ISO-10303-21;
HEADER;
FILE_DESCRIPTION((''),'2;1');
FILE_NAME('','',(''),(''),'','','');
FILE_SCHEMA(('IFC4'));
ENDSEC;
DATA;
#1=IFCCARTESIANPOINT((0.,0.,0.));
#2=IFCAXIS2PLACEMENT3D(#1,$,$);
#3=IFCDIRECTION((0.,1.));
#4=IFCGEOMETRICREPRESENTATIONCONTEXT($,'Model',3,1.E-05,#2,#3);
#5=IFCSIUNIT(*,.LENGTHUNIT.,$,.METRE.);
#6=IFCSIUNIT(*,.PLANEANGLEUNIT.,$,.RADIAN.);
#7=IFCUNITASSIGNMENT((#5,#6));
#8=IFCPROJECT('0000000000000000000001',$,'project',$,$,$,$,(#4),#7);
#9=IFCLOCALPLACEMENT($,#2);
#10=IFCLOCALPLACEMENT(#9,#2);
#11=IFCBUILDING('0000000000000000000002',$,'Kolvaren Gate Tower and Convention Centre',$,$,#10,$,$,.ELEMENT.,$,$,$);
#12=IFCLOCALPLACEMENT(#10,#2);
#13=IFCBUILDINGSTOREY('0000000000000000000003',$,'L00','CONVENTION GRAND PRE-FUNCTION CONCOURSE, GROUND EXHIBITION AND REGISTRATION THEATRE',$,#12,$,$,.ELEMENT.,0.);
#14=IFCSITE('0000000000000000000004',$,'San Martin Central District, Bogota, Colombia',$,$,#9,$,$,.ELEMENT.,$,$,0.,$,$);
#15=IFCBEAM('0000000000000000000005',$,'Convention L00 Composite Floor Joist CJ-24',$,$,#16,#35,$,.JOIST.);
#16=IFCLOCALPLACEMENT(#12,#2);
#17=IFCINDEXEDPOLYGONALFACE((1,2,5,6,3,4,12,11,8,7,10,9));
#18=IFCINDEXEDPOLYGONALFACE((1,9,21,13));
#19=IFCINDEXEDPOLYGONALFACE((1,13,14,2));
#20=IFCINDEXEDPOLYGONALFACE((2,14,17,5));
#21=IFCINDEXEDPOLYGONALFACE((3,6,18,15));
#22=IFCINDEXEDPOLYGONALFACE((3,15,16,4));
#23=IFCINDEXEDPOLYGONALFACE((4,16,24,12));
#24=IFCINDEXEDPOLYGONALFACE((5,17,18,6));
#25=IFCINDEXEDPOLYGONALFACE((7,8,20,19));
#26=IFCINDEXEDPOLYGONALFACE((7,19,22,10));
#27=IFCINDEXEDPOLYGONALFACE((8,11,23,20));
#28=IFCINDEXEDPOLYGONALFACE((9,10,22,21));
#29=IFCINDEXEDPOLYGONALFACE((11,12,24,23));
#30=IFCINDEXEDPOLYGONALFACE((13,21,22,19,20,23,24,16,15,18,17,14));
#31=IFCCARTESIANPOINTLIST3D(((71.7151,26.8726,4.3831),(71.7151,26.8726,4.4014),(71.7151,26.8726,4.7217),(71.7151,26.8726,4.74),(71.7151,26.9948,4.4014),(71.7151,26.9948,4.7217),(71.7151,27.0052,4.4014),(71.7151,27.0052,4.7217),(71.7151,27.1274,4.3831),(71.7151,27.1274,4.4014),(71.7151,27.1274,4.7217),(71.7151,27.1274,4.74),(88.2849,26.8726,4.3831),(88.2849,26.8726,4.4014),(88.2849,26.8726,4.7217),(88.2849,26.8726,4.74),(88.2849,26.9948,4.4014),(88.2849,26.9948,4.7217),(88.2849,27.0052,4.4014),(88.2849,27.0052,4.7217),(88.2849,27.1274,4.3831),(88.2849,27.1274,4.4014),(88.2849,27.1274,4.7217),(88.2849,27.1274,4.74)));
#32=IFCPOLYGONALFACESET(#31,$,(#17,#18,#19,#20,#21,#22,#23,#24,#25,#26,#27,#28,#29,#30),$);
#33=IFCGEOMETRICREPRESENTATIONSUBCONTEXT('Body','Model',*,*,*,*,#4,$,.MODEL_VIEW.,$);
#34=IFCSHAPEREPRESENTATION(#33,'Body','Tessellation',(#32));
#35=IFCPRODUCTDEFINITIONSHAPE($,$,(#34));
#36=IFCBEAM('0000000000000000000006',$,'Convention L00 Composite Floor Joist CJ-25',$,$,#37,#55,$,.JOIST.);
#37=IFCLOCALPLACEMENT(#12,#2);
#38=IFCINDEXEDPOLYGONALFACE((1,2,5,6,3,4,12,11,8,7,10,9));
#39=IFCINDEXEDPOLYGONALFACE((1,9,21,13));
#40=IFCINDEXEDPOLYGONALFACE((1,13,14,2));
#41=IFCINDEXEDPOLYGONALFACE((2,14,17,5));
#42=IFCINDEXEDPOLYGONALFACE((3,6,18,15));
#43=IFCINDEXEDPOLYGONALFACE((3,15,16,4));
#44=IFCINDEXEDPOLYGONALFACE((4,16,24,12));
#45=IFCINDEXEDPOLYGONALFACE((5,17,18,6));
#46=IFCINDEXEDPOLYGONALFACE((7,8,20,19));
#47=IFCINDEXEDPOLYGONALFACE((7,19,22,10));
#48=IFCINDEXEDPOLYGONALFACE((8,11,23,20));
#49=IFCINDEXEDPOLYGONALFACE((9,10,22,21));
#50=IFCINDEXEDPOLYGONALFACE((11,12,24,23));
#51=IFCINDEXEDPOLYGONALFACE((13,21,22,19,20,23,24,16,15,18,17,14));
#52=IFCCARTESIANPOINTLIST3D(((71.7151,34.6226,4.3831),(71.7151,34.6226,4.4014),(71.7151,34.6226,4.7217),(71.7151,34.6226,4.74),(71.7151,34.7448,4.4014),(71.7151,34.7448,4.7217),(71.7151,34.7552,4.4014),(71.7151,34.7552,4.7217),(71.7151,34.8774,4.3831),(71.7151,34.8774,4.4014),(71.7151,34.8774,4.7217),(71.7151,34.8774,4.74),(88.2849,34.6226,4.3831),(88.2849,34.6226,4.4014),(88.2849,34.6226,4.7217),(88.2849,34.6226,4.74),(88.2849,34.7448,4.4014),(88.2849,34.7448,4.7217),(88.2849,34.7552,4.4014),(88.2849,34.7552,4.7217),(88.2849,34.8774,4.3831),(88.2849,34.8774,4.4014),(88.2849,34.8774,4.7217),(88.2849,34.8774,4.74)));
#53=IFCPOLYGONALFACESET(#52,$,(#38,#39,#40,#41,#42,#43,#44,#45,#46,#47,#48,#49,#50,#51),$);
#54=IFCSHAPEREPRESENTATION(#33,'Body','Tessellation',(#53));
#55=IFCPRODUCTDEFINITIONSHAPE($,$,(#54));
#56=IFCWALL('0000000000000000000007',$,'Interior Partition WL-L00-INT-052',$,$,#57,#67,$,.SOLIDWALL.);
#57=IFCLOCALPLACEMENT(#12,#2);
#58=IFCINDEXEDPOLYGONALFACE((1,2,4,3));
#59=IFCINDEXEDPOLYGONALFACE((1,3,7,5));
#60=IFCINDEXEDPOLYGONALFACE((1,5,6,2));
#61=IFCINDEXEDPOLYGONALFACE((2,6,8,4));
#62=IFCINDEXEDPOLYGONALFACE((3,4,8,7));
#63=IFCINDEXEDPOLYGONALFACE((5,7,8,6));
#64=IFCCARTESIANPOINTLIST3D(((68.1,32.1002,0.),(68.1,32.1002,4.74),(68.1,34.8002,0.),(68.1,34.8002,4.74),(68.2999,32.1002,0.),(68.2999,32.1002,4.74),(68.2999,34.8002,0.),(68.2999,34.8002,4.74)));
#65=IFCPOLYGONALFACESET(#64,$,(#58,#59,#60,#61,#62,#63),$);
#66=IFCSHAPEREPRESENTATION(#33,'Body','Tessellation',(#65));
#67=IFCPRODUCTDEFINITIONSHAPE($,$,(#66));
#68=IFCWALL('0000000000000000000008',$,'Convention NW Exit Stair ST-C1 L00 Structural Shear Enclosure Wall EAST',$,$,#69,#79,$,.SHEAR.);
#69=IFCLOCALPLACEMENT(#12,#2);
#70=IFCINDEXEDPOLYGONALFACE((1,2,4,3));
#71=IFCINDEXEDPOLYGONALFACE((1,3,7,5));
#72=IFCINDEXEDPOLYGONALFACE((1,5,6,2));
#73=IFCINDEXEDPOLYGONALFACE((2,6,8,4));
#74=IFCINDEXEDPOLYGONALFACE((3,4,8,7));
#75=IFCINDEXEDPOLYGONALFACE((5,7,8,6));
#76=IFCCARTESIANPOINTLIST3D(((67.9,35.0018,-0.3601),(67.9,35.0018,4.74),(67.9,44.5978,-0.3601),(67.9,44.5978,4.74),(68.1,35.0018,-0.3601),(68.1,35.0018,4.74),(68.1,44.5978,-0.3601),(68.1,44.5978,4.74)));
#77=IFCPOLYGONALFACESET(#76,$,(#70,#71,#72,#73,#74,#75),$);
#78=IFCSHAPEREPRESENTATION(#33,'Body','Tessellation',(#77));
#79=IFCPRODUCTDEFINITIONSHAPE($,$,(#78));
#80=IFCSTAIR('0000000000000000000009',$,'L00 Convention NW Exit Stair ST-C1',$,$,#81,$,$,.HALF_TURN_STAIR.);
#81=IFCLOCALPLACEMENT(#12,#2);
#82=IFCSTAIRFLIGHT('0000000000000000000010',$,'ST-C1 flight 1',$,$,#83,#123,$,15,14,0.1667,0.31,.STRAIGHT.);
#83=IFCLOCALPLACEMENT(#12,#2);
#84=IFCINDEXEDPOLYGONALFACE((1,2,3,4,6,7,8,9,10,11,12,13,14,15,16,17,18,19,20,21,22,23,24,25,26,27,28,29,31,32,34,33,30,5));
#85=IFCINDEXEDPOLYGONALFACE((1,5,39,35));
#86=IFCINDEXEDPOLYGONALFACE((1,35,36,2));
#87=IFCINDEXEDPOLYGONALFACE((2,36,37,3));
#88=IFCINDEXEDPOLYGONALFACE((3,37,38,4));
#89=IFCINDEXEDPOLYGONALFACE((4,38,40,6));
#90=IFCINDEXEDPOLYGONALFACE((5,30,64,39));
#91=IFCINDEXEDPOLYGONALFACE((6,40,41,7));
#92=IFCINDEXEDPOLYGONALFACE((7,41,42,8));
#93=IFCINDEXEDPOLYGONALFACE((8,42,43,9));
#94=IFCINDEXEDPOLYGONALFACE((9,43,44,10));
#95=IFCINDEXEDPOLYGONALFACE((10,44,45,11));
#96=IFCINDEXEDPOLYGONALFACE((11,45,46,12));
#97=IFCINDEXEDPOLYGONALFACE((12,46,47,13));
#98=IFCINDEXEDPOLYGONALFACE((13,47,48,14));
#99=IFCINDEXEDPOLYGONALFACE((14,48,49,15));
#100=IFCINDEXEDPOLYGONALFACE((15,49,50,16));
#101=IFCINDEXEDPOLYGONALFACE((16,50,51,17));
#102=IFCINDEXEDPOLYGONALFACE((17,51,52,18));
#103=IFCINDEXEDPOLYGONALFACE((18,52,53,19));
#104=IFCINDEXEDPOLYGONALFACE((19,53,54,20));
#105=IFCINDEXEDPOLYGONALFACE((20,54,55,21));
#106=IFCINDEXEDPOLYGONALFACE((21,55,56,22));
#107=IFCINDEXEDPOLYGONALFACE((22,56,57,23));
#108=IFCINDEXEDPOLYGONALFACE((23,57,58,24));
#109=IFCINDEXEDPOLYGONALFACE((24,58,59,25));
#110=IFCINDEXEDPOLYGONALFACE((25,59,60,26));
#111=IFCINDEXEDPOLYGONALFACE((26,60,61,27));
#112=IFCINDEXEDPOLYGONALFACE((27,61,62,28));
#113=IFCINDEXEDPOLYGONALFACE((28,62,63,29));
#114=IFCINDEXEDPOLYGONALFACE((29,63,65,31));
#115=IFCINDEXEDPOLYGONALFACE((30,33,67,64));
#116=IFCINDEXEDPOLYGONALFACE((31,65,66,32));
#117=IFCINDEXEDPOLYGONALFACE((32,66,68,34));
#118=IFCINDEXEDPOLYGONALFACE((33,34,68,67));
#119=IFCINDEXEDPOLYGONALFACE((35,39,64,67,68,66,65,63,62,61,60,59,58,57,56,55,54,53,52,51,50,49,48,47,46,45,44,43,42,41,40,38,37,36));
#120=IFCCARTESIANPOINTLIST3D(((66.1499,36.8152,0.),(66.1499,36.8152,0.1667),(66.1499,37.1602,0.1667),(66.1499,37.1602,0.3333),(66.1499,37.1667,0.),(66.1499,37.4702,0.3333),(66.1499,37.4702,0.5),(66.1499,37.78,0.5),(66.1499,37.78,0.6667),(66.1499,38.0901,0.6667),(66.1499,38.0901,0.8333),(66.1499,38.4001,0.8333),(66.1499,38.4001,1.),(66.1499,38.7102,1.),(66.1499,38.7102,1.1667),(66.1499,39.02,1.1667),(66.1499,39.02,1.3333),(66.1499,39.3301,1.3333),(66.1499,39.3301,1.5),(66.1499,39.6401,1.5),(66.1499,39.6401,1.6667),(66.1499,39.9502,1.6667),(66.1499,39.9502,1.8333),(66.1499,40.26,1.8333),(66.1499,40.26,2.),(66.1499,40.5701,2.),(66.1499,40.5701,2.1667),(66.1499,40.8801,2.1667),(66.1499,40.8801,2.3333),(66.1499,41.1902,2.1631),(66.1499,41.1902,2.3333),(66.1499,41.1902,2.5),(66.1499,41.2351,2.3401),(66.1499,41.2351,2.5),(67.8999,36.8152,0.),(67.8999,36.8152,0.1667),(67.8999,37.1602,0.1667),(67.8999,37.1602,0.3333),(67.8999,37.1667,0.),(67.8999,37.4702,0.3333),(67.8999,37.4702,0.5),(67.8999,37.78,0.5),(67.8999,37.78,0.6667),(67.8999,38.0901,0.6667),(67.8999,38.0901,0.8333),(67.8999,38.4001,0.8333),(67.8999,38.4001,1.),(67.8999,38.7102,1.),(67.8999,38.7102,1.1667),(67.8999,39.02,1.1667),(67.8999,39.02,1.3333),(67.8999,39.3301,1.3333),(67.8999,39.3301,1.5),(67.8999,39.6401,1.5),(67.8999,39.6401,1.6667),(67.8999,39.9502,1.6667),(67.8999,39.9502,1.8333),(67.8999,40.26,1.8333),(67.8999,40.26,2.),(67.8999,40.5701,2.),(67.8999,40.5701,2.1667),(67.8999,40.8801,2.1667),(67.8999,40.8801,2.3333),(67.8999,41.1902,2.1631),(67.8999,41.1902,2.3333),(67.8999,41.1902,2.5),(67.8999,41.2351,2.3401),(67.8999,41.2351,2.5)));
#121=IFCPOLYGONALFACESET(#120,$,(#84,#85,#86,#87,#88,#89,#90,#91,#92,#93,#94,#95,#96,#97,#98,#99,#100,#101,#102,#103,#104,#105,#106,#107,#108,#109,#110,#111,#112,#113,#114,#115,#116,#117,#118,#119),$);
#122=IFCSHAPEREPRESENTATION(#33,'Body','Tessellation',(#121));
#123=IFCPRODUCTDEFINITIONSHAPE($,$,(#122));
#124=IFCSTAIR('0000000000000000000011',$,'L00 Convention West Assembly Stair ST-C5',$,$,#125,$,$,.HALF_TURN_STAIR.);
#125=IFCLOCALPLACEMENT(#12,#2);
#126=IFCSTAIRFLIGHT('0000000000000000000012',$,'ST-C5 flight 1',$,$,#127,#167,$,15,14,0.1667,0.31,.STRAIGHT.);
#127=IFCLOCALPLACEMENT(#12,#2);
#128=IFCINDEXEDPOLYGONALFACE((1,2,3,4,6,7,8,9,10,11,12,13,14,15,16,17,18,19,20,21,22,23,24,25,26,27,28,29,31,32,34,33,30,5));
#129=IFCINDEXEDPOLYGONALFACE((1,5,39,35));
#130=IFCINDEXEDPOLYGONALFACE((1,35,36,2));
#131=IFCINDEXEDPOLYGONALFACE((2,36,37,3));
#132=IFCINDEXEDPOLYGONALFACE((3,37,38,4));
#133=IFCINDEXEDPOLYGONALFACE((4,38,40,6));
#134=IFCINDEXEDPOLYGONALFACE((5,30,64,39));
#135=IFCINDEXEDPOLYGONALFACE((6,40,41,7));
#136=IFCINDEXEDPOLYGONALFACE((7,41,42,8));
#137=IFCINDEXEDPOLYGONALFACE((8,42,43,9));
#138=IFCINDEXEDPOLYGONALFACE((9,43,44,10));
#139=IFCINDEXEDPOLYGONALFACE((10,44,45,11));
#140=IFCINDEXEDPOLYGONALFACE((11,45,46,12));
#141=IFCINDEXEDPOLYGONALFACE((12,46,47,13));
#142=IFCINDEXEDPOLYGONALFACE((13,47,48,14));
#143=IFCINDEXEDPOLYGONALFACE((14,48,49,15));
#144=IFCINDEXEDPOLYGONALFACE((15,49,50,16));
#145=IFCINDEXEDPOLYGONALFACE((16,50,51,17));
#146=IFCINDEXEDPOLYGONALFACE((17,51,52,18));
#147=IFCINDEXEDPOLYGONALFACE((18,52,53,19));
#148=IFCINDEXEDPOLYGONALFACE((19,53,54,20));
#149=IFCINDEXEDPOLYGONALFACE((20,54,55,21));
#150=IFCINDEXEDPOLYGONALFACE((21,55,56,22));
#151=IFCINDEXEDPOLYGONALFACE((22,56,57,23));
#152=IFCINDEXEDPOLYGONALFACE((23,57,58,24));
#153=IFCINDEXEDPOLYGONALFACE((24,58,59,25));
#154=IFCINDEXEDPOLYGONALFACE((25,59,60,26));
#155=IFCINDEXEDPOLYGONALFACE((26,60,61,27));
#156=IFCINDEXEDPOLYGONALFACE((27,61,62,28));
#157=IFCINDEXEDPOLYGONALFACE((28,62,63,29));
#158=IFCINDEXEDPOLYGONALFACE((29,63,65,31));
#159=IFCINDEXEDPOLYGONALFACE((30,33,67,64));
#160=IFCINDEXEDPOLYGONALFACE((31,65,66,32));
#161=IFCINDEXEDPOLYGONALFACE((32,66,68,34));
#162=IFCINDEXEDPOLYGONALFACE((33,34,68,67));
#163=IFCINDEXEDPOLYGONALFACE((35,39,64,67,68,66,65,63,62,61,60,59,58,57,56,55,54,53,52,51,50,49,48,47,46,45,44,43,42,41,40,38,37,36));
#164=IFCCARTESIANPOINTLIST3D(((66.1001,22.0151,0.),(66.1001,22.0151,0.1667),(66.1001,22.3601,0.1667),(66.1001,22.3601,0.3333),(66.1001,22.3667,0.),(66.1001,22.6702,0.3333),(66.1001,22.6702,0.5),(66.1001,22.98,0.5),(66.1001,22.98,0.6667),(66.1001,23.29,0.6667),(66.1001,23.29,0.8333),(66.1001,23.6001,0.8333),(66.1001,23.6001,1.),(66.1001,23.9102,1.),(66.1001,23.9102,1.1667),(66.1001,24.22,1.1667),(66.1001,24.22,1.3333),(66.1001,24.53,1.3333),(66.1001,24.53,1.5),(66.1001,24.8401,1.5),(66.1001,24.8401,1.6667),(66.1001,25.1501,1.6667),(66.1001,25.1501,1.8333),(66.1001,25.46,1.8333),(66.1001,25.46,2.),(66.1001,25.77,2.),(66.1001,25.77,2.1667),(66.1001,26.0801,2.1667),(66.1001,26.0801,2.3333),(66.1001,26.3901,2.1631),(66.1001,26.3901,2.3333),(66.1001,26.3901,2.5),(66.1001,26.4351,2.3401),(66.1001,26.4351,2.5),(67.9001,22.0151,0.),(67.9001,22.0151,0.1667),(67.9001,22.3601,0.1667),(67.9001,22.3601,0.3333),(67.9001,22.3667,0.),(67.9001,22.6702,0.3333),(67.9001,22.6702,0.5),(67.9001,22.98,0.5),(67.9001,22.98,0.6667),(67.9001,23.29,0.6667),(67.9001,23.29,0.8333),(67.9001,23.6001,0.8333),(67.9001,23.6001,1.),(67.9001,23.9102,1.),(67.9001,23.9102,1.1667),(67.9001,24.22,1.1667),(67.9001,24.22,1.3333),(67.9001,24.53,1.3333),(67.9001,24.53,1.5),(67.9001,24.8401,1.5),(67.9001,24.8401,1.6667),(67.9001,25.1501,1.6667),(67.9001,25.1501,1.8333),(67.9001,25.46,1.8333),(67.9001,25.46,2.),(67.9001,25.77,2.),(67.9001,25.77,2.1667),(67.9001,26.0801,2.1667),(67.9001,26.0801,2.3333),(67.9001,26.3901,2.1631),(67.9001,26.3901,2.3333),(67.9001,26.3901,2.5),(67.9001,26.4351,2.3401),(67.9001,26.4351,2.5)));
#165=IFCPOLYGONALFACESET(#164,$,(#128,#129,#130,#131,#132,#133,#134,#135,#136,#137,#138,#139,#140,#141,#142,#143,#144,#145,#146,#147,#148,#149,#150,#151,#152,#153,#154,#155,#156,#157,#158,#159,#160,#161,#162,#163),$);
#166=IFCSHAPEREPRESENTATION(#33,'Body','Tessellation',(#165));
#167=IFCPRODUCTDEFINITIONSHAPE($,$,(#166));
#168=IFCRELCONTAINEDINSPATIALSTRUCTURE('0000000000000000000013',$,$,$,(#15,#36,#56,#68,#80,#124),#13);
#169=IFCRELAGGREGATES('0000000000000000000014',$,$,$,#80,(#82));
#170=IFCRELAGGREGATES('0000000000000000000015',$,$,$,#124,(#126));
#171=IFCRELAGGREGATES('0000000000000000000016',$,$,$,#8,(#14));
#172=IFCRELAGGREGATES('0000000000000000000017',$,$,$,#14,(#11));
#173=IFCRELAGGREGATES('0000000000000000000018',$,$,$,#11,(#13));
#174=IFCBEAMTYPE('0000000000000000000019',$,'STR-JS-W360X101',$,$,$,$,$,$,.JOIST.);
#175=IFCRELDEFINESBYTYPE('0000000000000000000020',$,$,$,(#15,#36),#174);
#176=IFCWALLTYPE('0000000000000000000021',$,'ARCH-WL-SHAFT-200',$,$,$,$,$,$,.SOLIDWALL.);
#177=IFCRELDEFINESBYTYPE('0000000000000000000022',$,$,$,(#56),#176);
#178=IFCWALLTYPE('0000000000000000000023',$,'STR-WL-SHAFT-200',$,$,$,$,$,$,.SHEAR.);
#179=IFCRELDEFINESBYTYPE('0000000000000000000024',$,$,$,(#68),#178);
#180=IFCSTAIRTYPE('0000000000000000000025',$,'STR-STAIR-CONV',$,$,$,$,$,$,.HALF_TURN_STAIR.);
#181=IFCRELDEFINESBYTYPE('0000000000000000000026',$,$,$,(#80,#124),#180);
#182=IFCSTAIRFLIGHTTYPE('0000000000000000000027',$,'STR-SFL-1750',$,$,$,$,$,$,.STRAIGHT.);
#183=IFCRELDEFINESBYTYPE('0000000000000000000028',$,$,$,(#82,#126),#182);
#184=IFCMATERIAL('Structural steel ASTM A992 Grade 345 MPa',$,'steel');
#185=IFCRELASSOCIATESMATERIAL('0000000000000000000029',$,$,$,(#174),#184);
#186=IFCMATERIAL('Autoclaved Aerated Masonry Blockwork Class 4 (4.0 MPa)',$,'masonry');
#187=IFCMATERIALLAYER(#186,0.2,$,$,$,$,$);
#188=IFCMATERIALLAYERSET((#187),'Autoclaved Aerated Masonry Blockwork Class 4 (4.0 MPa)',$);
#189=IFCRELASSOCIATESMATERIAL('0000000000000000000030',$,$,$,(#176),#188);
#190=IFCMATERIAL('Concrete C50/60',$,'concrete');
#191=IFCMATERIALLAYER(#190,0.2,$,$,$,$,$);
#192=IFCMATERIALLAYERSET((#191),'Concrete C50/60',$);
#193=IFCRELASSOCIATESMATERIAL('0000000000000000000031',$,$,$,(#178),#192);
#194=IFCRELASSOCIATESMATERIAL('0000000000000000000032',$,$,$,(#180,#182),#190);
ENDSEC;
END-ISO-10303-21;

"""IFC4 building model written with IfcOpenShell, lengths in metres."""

from ifc_helpers import new_model, si_unit, direction, frame, frame_2d, origin, origin_2d, place, context, subcontext, project, spatial, polyline, rectangle, i_section, outline, extrude, material, layer, layer_set, material_profile, profile_set, type_object, element, aggregate, save


model = new_model("IFC4")

# Units and contexts
model_context = context("Model", 3, precision=1e-05, world=origin(), true_north=direction((0.0, 1.0)))
body_context = subcontext(model_context, "Body", "Model", "MODEL_VIEW")
ifc_project = project(units=[si_unit("LENGTHUNIT", "METRE"), si_unit("PLANEANGLEUNIT", "RADIAN")], contexts=[model_context])

# Site, building, storey
site_placement = place(None, origin())
site = spatial("IfcSite", under=ifc_project, at=site_placement, Name="San Martin Central District, Bogota, Colombia", CompositionType="ELEMENT", RefElevation=0.0)
building_placement = place(site_placement, origin())
building = spatial("IfcBuilding", under=site, at=building_placement, Name="Kolvaren Gate Tower and Convention Centre", CompositionType="ELEMENT")
storey_placement = place(building_placement, origin())
storey = spatial("IfcBuildingStorey", under=building, at=storey_placement, Name="L00", Description="CONVENTION GRAND PRE-FUNCTION CONCOURSE, GROUND EXHIBITION AND REGISTRATION THEATRE", CompositionType="ELEMENT", Elevation=0.0)

# Beams
ifc_material_1 = material(Name="Structural steel ASTM A992 Grade 345 MPa", Category="steel")
ifc_material_profile_1 = material_profile(ifc_material_1, i_section(OverallWidth=0.2549, OverallDepth=0.3569, WebThickness=0.0105, FlangeThickness=0.0183, at=origin_2d()), Name="W360X101")
ifc_profile_set_1 = profile_set([ifc_material_profile_1], Name="Structural steel ASTM A992 Grade 345 MPa")
beam_type_1 = type_object("IfcBeamType", Name="STR-JS-W360X101", PredefinedType="JOIST", material=ifc_profile_set_1)
for number, where, z_axis, x_axis, name in (
    (1, (71.7151, 27.0, 4.5615), (1.0, 0.0, 0.0), (0.0, 1.0, 0.0), "Convention L00 Composite Floor Joist CJ-24"),
    (2, (71.7151, 34.75, 4.5615), (1.0, 0.0, 0.0), (0.0, 1.0, 0.0), "Convention L00 Composite Floor Joist CJ-25"),
):
    element("IfcBeam", number, at=place(storey_placement, frame(where, z_axis=z_axis, x_axis=x_axis)), inside=storey, type_object=beam_type_1, Name=name, PredefinedType="JOIST", context=body_context, shape_type="SweptSolid", body=[
        extrude(i_section(OverallWidth=0.2549, OverallDepth=0.3569, WebThickness=0.0105, FlangeThickness=0.0183, at=origin_2d()), origin(), (0.0, 0.0, 1.0), 16.5698),
    ])

# Walls
ifc_material_2 = material(Name="Autoclaved Aerated Masonry Blockwork Class 4 (4.0 MPa)", Category="masonry")
ifc_layer_1 = layer(ifc_material_2, 0.2)
ifc_layer_set_1 = layer_set([ifc_layer_1], Name="Autoclaved Aerated Masonry Blockwork Class 4 (4.0 MPa)")
wall_type_1 = type_object("IfcWallType", Name="ARCH-WL-SHAFT-200", PredefinedType="SOLIDWALL", material=ifc_layer_set_1)
wall_1_placement = place(storey_placement, frame((68.2, 32.1001, 0.0), z_axis=(0.0, 0.0, 1.0), x_axis=(0.0, 1.0, 0.0)))
element("IfcWall", 3, at=wall_1_placement, inside=storey, type_object=wall_type_1, Name="Interior Partition WL-L00-INT-052", PredefinedType="SOLIDWALL", context=body_context, shape_type="SweptSolid", body=[
    extrude(rectangle(XDim=2.7, YDim=0.2, at=frame_2d((1.3501, 0.0))), origin(), (0.0, 0.0, 1.0), 4.74),
])
ifc_material_3 = material(Name="Concrete C50/60", Category="concrete")
ifc_layer_2 = layer(ifc_material_3, 0.2)
ifc_layer_set_2 = layer_set([ifc_layer_2], Name="Concrete C50/60")
wall_type_2 = type_object("IfcWallType", Name="STR-WL-SHAFT-200", PredefinedType="SHEAR", material=ifc_layer_set_2)
wall_2_placement = place(storey_placement, frame((68.0, 35.002, -0.3601), z_axis=(0.0, 0.0, 1.0), x_axis=(0.0, 1.0, 0.0)))
element("IfcWall", 4, at=wall_2_placement, inside=storey, type_object=wall_type_2, Name="Convention NW Exit Stair ST-C1 L00 Structural Shear Enclosure Wall EAST", PredefinedType="SHEAR", context=body_context, shape_type="SweptSolid", body=[
    extrude(rectangle(XDim=9.5959, YDim=0.2, at=frame_2d((4.7979, 0.0))), origin(), (0.0, 0.0, 1.0), 5.1001),
])

# Stair, stair flight
stair_type = type_object("IfcStairType", Name="STR-STAIR-CONV", PredefinedType="HALF_TURN_STAIR", material=ifc_material_3)
stair_1_placement = place(storey_placement, origin())
stair_1 = element("IfcStair", 5, at=stair_1_placement, inside=storey, type_object=stair_type, Name="L00 Convention NW Exit Stair ST-C1", PredefinedType="HALF_TURN_STAIR")
stair_flight_type = type_object("IfcStairFlightType", Name="STR-SFL-1750", PredefinedType="STRAIGHT", material=ifc_material_3)
stair_flight_1_placement = place(storey_placement, frame((67.0249, 36.8501, 0.0), z_axis=(0.0, 0.0, 1.0), x_axis=(0.0, 1.0, 0.0)))
stair_flight_1 = element("IfcStairFlight", 6, at=stair_flight_1_placement, type_object=stair_flight_type, Name="ST-C1 flight 1", NumberOfRisers=15, NumberOfTreads=14, PredefinedType="STRAIGHT", RiserHeight=0.1667, TreadLength=0.31, context=body_context, shape_type="SweptSolid", body=[
    extrude(outline(polyline([(-0.0349, 0.0), (-0.0349, 0.1667), (0.3101, 0.1667), (0.3101, 0.3333), (0.6201, 0.3333), (0.6201, 0.5), (0.9299, 0.5), (0.9299, 0.6667), (1.24, 0.6667), (1.24, 0.8333), (1.55, 0.8333), (1.55, 1.0), (1.8601, 1.0), (1.8601, 1.1667), (2.1699, 1.1667), (2.1699, 1.3333), (2.48, 1.3333), (2.48, 1.5), (2.79, 1.5), (2.79, 1.6667), (3.1001, 1.6667), (3.1001, 1.8333), (3.4099, 1.8333), (3.4099, 2.0), (3.72, 2.0), (3.72, 2.1667), (4.03, 2.1667), (4.03, 2.3333), (4.3401, 2.3333), (4.3401, 2.5), (4.385, 2.5), (4.385, 2.3401), (4.3401, 2.1631), (0.3167, 0.0), (-0.0349, 0.0)])), frame((0.0, 0.875, 0.0), z_axis=(0.0, -1.0, 0.0), x_axis=(1.0, 0.0, 0.0)), (0.0, 0.0, 1.0), 1.75),
])
aggregate(stair_1, [stair_flight_1])

# Stair, stair flight
stair_2_placement = place(storey_placement, origin())
stair_2 = element("IfcStair", 7, at=stair_2_placement, inside=storey, type_object=stair_type, Name="L00 Convention West Assembly Stair ST-C5", PredefinedType="HALF_TURN_STAIR")
stair_flight_2_placement = place(storey_placement, frame((67.0, 22.05, 0.0), z_axis=(0.0, 0.0, 1.0), x_axis=(0.0, 1.0, 0.0)))
stair_flight_2 = element("IfcStairFlight", 8, at=stair_flight_2_placement, type_object=stair_flight_type, Name="ST-C5 flight 1", NumberOfRisers=15, NumberOfTreads=14, PredefinedType="STRAIGHT", RiserHeight=0.1667, TreadLength=0.31, context=body_context, shape_type="SweptSolid", body=[
    extrude(outline(polyline([(-0.0349, 0.0), (-0.0349, 0.1667), (0.3101, 0.1667), (0.3101, 0.3333), (0.6201, 0.3333), (0.6201, 0.5), (0.9299, 0.5), (0.9299, 0.6667), (1.24, 0.6667), (1.24, 0.8333), (1.55, 0.8333), (1.55, 1.0), (1.8601, 1.0), (1.8601, 1.1667), (2.1699, 1.1667), (2.1699, 1.3333), (2.48, 1.3333), (2.48, 1.5), (2.79, 1.5), (2.79, 1.6667), (3.1001, 1.6667), (3.1001, 1.8333), (3.4099, 1.8333), (3.4099, 2.0), (3.72, 2.0), (3.72, 2.1667), (4.03, 2.1667), (4.03, 2.3333), (4.3401, 2.3333), (4.3401, 2.5), (4.385, 2.5), (4.385, 2.3401), (4.3401, 2.1631), (0.3167, 0.0), (-0.0349, 0.0)])), frame((0.0, 0.8999, 0.0), z_axis=(0.0, -1.0, 0.0), x_axis=(1.0, 0.0, 0.0)), (0.0, 0.0, 1.0), 1.8),
])
aggregate(stair_2, [stair_flight_2])

save(model, "model.ifc")
